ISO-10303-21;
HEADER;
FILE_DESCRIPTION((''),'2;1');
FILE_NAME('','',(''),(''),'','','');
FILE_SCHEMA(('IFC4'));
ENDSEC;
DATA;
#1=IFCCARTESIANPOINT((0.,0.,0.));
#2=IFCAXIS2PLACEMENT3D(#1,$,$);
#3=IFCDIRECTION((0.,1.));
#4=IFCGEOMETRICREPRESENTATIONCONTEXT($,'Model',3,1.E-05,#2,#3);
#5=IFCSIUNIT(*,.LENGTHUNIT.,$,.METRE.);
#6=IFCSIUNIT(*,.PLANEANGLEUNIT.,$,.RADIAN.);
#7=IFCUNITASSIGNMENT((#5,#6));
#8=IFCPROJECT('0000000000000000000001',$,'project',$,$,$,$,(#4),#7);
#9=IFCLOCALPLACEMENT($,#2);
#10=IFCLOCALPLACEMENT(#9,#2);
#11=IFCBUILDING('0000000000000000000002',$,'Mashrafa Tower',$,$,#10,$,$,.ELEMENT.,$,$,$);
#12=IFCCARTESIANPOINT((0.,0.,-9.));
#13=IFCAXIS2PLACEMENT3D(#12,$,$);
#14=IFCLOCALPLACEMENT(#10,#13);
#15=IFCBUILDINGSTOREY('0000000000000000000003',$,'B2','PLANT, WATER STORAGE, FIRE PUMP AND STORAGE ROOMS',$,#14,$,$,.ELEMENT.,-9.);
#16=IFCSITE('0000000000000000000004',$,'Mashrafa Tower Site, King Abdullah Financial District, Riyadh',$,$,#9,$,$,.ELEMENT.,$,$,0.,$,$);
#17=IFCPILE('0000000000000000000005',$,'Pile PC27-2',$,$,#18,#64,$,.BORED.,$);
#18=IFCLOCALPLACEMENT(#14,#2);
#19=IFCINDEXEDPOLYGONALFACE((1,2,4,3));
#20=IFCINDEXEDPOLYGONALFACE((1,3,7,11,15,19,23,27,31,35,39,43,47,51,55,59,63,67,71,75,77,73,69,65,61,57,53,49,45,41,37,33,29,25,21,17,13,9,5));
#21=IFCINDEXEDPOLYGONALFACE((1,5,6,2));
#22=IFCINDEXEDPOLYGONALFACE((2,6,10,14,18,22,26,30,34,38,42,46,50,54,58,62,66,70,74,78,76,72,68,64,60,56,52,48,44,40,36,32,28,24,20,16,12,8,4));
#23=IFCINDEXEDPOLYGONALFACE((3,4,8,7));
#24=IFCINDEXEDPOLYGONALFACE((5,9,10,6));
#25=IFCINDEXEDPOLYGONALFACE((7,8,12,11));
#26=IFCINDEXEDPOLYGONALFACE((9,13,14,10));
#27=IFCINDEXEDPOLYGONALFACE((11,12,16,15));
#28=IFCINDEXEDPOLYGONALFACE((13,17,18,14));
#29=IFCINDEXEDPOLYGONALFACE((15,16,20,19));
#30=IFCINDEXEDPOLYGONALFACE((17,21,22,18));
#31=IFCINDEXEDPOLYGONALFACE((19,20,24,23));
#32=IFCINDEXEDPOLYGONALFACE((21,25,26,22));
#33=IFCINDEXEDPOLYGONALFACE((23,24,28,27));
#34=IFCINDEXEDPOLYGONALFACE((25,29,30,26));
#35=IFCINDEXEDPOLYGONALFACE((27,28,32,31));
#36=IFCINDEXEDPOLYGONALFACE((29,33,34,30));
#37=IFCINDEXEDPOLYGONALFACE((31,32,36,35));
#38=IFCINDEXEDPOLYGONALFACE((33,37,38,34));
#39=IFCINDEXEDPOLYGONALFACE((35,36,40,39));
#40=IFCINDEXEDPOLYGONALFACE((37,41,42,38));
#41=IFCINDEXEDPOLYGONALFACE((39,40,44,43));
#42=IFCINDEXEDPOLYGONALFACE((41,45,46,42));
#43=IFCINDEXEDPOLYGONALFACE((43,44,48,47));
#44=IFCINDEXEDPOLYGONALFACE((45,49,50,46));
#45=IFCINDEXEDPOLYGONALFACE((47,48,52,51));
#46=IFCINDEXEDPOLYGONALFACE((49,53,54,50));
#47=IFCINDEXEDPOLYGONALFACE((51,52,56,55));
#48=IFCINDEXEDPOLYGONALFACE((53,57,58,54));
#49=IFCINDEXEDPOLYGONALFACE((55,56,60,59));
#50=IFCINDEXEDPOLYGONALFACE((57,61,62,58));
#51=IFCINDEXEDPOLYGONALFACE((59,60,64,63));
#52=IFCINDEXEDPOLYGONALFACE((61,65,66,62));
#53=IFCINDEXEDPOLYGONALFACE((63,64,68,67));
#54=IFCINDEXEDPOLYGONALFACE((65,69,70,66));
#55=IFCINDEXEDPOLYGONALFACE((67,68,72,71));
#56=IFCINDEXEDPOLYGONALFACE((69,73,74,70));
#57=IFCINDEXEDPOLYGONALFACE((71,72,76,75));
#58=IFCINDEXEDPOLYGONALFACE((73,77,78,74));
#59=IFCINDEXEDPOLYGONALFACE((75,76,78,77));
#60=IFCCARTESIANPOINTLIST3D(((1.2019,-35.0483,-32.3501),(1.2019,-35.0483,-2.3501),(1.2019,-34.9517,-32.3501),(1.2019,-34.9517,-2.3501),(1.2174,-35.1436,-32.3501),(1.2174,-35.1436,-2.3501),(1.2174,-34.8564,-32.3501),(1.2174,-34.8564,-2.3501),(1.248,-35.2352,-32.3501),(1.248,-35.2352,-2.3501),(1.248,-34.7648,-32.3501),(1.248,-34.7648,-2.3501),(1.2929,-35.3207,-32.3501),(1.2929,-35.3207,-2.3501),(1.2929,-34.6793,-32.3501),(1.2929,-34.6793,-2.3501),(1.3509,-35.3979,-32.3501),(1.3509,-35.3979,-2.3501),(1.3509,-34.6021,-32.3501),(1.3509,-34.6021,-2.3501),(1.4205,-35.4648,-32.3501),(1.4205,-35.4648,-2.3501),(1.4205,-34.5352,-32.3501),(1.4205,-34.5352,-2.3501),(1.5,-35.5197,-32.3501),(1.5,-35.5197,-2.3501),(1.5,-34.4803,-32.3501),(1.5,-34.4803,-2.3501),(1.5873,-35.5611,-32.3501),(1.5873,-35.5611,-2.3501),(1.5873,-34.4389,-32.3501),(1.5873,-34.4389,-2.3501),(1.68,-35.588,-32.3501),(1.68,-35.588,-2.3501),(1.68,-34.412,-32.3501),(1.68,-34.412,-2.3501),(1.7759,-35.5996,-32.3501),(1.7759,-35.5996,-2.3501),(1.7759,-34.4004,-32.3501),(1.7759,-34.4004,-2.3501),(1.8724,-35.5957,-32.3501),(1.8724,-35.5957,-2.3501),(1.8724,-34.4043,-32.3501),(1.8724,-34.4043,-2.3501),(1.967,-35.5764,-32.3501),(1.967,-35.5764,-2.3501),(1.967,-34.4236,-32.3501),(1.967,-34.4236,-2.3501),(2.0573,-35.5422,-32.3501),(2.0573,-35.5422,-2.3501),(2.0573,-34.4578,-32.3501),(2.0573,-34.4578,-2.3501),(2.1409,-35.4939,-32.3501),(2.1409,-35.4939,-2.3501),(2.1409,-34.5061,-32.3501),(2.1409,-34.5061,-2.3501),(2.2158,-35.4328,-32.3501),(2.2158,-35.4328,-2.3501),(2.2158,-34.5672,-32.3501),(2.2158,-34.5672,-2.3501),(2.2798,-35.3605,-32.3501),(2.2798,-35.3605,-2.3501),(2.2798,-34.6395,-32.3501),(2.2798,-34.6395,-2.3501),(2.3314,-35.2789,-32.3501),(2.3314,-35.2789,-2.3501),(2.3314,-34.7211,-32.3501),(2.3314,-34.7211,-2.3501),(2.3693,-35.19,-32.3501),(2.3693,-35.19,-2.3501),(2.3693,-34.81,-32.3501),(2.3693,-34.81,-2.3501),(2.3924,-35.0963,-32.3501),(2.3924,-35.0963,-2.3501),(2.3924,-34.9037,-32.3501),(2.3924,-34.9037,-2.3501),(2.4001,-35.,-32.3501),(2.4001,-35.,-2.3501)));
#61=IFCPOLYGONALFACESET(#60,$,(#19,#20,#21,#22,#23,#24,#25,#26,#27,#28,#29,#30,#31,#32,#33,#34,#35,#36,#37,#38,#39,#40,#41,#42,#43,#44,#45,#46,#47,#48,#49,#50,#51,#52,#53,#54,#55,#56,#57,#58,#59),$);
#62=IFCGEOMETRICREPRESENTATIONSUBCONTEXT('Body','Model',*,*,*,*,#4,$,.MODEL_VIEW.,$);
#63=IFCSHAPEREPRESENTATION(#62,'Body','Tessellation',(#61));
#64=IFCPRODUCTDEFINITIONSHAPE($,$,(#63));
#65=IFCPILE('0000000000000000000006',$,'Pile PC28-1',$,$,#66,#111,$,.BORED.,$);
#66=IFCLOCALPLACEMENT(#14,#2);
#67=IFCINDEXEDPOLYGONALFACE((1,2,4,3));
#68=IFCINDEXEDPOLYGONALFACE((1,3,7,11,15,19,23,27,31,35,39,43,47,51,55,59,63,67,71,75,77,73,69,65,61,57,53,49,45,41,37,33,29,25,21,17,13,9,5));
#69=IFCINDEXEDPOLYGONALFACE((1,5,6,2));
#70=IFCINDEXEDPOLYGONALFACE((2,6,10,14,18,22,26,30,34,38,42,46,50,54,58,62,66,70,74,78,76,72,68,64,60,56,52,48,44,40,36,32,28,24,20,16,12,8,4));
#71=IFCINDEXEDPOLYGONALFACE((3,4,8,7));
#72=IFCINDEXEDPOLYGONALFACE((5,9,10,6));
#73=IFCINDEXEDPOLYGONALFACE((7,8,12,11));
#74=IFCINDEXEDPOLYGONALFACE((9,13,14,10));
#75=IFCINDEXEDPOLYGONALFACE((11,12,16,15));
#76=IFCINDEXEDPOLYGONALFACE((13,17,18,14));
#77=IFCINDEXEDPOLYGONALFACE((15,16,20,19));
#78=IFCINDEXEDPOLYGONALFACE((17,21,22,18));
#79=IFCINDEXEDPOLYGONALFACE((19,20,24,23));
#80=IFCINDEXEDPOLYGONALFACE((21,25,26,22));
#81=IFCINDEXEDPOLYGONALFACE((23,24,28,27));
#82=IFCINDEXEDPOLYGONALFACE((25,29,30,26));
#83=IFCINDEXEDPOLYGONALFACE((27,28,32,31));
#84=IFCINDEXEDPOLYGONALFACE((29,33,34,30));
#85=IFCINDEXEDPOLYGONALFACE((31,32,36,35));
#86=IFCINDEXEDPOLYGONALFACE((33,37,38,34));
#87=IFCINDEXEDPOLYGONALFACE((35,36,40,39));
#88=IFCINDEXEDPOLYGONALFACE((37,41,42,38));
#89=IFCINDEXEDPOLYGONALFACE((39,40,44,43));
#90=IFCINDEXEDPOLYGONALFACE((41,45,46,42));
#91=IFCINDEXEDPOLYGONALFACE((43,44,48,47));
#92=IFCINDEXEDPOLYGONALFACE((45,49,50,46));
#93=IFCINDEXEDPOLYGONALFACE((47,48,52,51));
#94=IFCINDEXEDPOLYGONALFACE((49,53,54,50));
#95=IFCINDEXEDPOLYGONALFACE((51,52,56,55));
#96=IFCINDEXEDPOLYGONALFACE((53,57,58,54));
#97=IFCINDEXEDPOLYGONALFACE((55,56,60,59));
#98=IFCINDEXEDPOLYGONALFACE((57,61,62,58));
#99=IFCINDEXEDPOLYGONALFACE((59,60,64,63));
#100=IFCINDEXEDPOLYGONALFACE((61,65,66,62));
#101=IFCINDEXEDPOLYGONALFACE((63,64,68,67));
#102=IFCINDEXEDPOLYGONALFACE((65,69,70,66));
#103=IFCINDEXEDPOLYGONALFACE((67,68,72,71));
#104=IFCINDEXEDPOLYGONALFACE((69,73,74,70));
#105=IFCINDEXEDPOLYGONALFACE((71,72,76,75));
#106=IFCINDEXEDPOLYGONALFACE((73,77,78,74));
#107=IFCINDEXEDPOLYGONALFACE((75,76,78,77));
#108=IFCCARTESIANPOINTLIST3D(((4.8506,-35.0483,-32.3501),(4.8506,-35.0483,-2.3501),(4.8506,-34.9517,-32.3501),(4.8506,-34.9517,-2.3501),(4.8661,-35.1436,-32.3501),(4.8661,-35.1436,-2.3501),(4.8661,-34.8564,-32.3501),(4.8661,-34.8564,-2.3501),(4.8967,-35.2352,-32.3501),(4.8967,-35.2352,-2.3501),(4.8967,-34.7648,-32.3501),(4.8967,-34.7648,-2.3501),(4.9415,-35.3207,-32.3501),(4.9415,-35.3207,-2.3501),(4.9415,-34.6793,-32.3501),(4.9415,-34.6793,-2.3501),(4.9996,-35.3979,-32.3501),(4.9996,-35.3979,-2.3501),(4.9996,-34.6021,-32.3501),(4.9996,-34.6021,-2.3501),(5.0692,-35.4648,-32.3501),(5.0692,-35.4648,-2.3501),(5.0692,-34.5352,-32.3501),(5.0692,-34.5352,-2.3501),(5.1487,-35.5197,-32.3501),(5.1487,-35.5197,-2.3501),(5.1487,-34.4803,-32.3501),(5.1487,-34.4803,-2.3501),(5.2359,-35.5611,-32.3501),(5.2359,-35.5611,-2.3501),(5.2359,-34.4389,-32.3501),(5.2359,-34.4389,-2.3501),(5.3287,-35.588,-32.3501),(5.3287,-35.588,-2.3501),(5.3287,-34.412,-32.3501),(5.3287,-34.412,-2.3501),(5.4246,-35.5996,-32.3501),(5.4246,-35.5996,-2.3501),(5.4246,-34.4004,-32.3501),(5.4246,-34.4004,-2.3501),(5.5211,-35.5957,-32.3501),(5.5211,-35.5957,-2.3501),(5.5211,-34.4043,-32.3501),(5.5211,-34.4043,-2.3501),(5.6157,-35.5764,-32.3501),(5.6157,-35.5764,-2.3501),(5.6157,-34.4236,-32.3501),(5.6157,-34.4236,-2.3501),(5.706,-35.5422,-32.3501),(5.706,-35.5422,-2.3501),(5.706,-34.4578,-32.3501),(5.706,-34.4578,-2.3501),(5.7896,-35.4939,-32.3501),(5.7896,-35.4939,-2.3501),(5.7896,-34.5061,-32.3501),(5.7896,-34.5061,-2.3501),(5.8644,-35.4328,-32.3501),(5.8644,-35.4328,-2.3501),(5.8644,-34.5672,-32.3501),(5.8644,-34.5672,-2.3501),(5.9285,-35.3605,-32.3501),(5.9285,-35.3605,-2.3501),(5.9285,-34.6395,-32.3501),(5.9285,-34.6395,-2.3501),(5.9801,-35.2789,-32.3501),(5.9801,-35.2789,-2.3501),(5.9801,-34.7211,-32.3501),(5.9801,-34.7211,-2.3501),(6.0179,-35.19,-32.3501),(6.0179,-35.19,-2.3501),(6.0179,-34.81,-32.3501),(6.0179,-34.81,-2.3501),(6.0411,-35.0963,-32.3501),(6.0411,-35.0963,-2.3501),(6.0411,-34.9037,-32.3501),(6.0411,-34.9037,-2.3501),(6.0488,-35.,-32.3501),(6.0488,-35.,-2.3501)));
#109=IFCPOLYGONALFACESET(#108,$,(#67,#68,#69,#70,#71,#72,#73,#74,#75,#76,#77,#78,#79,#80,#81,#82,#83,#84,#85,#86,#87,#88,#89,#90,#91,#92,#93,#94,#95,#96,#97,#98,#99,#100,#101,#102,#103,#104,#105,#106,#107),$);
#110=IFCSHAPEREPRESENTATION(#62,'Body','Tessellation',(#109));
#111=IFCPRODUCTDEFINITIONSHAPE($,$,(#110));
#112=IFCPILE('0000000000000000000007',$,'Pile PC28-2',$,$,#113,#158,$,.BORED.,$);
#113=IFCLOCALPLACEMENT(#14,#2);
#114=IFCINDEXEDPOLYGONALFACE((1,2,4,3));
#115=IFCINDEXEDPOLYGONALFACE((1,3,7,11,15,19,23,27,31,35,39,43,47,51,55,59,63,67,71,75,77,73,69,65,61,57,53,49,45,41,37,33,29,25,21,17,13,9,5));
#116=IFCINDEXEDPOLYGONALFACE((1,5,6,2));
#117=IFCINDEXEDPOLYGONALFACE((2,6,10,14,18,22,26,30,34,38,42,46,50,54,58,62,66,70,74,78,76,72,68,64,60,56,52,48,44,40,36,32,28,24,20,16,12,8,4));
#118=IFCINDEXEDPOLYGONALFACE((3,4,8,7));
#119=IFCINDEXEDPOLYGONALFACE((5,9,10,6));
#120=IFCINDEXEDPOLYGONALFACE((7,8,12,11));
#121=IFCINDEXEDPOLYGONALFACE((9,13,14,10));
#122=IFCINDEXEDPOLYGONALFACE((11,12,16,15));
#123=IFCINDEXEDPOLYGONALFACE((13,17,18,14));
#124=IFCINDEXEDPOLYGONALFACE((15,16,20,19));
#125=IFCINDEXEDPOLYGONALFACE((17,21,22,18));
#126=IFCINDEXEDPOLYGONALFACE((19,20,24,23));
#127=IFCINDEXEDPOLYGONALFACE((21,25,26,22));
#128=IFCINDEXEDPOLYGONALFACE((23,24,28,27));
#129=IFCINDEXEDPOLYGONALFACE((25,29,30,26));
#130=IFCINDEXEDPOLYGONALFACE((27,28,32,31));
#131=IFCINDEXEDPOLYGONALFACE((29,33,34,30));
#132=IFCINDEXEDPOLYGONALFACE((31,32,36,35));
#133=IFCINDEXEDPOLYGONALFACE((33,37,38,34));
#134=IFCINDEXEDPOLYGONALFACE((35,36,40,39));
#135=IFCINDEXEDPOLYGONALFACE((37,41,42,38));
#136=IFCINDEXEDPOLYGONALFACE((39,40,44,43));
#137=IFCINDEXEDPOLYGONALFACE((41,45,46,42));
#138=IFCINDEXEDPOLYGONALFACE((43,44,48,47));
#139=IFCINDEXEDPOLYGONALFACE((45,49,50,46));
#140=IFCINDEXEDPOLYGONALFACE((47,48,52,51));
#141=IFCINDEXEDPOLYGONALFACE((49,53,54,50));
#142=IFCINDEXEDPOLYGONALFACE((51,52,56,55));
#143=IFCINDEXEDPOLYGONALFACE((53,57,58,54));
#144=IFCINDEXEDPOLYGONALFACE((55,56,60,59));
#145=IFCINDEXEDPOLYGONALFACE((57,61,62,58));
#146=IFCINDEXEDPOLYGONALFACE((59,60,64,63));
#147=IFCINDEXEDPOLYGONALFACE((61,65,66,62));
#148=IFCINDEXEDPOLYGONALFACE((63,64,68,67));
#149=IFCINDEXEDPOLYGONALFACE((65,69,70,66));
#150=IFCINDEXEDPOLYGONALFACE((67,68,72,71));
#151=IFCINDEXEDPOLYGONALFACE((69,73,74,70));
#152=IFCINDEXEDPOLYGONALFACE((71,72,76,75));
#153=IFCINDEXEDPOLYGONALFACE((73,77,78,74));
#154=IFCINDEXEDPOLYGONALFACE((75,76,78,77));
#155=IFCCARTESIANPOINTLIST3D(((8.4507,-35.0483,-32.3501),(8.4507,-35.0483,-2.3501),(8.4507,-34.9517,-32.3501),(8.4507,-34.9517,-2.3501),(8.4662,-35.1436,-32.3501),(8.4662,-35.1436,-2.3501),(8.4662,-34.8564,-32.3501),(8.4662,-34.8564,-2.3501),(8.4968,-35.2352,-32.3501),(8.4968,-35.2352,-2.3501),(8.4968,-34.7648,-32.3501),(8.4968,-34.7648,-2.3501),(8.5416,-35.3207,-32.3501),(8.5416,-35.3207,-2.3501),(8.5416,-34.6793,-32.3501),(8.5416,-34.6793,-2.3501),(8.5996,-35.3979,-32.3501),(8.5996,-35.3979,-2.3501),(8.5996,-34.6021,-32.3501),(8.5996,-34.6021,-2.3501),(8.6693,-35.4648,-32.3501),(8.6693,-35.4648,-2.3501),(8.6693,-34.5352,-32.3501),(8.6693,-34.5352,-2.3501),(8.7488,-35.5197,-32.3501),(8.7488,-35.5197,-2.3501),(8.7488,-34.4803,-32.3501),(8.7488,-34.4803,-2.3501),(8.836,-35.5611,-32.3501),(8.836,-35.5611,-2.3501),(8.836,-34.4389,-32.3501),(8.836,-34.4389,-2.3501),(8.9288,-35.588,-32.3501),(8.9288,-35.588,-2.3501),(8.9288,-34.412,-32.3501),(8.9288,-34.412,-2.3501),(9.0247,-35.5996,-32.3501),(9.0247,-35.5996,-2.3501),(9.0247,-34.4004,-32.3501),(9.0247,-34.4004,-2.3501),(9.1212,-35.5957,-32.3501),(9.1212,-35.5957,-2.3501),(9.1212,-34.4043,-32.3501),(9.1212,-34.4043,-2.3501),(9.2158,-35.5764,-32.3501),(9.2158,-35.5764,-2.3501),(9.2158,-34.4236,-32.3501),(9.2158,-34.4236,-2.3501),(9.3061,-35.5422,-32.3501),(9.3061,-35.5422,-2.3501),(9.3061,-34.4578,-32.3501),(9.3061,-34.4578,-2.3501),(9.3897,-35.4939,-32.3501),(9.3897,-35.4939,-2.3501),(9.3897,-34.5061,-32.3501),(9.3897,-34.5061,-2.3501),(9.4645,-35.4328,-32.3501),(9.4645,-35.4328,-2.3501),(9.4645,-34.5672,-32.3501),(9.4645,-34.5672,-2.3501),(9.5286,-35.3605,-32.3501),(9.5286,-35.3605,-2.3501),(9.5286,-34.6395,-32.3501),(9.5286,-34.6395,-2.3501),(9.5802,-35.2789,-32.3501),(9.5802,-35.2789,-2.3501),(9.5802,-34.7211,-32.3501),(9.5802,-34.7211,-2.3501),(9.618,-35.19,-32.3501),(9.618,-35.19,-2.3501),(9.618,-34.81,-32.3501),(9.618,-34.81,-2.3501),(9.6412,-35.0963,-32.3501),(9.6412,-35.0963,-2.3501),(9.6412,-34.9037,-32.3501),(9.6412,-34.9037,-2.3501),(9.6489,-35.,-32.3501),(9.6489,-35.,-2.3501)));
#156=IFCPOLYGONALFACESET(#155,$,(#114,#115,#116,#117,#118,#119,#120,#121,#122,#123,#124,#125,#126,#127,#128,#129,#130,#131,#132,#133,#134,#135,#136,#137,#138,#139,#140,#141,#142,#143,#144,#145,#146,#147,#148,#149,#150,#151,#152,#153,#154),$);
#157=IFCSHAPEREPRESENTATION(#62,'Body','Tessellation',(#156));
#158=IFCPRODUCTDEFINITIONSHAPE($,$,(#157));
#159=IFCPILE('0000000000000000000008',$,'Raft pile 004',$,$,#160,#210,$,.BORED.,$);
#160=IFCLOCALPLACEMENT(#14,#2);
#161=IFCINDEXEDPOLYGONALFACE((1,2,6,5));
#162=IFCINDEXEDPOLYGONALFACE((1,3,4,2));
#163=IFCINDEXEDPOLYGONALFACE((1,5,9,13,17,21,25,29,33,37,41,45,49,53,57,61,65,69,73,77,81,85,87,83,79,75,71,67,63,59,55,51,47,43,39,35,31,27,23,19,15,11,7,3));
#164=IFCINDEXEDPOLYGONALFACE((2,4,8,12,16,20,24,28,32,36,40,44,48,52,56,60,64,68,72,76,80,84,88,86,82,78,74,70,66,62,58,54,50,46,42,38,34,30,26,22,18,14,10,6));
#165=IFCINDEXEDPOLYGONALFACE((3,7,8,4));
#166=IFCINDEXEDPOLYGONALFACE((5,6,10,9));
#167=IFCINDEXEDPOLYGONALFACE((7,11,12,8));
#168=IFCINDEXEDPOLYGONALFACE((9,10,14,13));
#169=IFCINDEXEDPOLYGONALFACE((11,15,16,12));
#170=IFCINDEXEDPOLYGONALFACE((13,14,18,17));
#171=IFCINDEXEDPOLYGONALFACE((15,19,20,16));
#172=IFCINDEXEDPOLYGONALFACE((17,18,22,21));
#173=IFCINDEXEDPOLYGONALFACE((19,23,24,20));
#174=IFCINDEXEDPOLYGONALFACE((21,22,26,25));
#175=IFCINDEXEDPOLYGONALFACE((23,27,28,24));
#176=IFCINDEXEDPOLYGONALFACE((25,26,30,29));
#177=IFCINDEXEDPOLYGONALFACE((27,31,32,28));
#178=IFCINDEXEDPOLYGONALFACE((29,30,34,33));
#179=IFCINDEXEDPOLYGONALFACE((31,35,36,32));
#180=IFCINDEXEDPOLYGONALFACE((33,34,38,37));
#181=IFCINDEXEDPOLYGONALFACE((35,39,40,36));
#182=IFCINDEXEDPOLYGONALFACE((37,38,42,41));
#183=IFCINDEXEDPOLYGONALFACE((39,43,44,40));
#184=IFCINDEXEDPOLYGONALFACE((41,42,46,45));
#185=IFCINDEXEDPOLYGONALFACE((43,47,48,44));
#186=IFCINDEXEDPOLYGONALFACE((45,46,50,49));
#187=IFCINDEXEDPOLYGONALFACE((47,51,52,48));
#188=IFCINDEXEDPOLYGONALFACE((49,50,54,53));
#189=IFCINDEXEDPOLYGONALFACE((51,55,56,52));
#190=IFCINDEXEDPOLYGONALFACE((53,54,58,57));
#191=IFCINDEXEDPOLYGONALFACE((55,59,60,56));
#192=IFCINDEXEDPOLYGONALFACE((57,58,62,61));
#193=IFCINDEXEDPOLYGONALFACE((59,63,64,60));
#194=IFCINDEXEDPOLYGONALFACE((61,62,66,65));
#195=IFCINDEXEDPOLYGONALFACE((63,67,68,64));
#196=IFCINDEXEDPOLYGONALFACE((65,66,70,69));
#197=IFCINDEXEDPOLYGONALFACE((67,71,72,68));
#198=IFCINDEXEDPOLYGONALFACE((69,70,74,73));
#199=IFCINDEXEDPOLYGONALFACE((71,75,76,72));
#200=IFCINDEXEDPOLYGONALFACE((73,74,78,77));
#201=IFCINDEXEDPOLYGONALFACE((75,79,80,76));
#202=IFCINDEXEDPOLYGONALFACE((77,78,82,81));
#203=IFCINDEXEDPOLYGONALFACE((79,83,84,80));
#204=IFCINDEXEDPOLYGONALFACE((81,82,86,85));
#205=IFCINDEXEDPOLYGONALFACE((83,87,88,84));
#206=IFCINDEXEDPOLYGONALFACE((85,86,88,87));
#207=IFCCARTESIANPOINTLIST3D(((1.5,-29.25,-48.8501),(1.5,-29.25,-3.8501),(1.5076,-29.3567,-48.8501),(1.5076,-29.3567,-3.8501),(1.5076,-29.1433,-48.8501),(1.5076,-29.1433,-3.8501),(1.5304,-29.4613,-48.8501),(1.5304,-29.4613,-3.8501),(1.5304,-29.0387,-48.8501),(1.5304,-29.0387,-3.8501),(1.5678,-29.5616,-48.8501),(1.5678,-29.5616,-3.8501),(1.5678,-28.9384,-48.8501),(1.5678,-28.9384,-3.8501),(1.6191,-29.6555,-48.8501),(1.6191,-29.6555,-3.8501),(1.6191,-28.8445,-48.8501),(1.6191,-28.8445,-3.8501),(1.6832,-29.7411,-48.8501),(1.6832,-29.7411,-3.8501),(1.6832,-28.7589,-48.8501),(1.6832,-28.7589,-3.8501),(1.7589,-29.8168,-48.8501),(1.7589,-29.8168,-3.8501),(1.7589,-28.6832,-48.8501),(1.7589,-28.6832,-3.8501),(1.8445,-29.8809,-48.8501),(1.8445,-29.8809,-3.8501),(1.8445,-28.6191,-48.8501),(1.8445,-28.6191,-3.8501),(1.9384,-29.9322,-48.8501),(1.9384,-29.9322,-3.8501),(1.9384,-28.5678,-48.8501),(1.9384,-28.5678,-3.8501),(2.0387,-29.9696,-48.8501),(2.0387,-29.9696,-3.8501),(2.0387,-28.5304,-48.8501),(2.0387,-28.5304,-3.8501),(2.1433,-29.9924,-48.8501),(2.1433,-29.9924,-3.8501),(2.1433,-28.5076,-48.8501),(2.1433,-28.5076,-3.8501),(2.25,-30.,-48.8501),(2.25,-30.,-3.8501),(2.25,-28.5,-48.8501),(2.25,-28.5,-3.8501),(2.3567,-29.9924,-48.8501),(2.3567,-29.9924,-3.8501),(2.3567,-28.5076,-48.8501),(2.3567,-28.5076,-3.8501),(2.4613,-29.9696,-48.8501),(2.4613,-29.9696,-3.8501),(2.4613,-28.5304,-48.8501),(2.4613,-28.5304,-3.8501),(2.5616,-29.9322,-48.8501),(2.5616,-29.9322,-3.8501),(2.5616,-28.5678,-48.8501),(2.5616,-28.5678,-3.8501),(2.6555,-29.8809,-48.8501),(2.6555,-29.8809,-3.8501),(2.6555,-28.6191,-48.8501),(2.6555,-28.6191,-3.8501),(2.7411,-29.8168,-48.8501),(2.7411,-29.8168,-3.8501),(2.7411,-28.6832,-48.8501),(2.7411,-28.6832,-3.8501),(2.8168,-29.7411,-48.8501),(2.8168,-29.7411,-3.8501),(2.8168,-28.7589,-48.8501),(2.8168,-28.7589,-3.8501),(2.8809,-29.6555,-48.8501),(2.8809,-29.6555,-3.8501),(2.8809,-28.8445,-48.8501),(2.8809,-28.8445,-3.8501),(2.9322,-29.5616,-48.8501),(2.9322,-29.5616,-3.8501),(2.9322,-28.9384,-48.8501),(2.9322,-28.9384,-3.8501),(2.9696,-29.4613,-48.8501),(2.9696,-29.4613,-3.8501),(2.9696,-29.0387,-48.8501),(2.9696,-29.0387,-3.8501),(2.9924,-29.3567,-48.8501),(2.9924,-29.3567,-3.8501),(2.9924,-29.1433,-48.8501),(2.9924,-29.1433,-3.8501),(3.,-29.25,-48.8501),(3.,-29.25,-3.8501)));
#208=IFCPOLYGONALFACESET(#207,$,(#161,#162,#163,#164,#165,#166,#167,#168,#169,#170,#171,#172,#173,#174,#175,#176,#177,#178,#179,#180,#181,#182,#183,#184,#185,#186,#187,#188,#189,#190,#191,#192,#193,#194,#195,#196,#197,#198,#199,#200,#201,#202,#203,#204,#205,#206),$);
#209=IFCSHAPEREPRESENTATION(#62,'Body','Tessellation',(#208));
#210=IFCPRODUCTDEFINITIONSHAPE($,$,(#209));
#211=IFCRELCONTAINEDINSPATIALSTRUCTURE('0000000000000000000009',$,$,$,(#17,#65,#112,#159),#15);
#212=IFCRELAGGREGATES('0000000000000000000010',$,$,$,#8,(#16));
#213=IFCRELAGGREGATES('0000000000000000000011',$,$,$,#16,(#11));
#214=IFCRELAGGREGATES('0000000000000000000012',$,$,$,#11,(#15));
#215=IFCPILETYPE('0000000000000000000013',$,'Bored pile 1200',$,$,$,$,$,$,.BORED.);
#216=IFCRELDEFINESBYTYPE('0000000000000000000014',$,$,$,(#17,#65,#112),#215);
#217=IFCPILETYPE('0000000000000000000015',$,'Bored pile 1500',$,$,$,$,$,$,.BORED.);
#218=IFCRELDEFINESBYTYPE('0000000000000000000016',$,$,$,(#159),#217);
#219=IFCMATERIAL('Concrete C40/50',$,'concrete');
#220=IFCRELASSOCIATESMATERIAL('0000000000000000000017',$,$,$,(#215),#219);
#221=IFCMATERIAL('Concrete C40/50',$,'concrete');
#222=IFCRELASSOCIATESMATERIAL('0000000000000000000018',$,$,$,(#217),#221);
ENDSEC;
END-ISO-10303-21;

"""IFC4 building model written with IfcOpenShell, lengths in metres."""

from ifc_helpers import new_model, si_unit, direction, frame, origin, origin_2d, place, context, subcontext, project, spatial, circle, extrude, material, material_profile, profile_set, type_object, element, save


model = new_model("IFC4")

# Units and contexts
model_context = context("Model", 3, precision=1e-05, world=origin(), true_north=direction((0.0, 1.0)))
body_context = subcontext(model_context, "Body", "Model", "MODEL_VIEW")
ifc_project = project(units=[si_unit("LENGTHUNIT", "METRE"), si_unit("PLANEANGLEUNIT", "RADIAN")], contexts=[model_context])

# Site, building, storey
site_placement = place(None, origin())
site = spatial("IfcSite", under=ifc_project, at=site_placement, Name="Mashrafa Tower Site, King Abdullah Financial District, Riyadh", CompositionType="ELEMENT", RefElevation=0.0)
building_placement = place(site_placement, origin())
building = spatial("IfcBuilding", under=site, at=building_placement, Name="Mashrafa Tower", CompositionType="ELEMENT")
storey_placement = place(building_placement, frame((0.0, 0.0, -9.0)))
storey = spatial("IfcBuildingStorey", under=building, at=storey_placement, Name="B2", Description="PLANT, WATER STORAGE, FIRE PUMP AND STORAGE ROOMS", CompositionType="ELEMENT", Elevation=-9.0)

# Piles
ifc_material_1 = material(Name="Concrete C40/50", Category="concrete")
ifc_material_profile_1 = material_profile(ifc_material_1, circle(Radius=0.6001, at=origin_2d()), Name="1200 DIA")
ifc_profile_set_1 = profile_set([ifc_material_profile_1], Name="Concrete C40/50")
pile_type_1 = type_object("IfcPileType", Name="Bored pile 1200", PredefinedType="BORED", material=ifc_profile_set_1)
for number, where, z_axis, x_axis, name in (
    (1, (1.8, -35.0, -2.3501), (0.0, 0.0, -1.0), (1.0, 0.0, 0.0), "Pile PC27-2"),
    (2, (5.4487, -35.0, -2.3501), (0.0, 0.0, -1.0), (1.0, 0.0, 0.0), "Pile PC28-1"),
    (3, (9.0488, -35.0, -2.3501), (0.0, 0.0, -1.0), (1.0, 0.0, 0.0), "Pile PC28-2"),
):
    element("IfcPile", number, at=place(storey_placement, frame(where, z_axis=z_axis, x_axis=x_axis)), inside=storey, type_object=pile_type_1, Name=name, PredefinedType="BORED", context=body_context, shape_type="SweptSolid", body=[
        extrude(circle(Radius=0.6001, at=origin_2d()), origin(), (0.0, 0.0, 1.0), 30.0),
    ])
ifc_material_2 = material(Name="Concrete C40/50", Category="concrete")
ifc_material_profile_2 = material_profile(ifc_material_2, circle(Radius=0.75, at=origin_2d()), Name="1500 DIA")
ifc_profile_set_2 = profile_set([ifc_material_profile_2], Name="Concrete C40/50")
pile_type_2 = type_object("IfcPileType", Name="Bored pile 1500", PredefinedType="BORED", material=ifc_profile_set_2)
for number, where, z_axis, x_axis, name in (
    (4, (2.25, -29.25, -3.8501), (0.0, 0.0, -1.0), (1.0, 0.0, 0.0), "Raft pile 004"),
):
    element("IfcPile", number, at=place(storey_placement, frame(where, z_axis=z_axis, x_axis=x_axis)), inside=storey, type_object=pile_type_2, Name=name, PredefinedType="BORED", context=body_context, shape_type="SweptSolid", body=[
        extrude(circle(Radius=0.75, at=origin_2d()), origin(), (0.0, 0.0, 1.0), 45.0),
    ])

save(model, "model.ifc")
